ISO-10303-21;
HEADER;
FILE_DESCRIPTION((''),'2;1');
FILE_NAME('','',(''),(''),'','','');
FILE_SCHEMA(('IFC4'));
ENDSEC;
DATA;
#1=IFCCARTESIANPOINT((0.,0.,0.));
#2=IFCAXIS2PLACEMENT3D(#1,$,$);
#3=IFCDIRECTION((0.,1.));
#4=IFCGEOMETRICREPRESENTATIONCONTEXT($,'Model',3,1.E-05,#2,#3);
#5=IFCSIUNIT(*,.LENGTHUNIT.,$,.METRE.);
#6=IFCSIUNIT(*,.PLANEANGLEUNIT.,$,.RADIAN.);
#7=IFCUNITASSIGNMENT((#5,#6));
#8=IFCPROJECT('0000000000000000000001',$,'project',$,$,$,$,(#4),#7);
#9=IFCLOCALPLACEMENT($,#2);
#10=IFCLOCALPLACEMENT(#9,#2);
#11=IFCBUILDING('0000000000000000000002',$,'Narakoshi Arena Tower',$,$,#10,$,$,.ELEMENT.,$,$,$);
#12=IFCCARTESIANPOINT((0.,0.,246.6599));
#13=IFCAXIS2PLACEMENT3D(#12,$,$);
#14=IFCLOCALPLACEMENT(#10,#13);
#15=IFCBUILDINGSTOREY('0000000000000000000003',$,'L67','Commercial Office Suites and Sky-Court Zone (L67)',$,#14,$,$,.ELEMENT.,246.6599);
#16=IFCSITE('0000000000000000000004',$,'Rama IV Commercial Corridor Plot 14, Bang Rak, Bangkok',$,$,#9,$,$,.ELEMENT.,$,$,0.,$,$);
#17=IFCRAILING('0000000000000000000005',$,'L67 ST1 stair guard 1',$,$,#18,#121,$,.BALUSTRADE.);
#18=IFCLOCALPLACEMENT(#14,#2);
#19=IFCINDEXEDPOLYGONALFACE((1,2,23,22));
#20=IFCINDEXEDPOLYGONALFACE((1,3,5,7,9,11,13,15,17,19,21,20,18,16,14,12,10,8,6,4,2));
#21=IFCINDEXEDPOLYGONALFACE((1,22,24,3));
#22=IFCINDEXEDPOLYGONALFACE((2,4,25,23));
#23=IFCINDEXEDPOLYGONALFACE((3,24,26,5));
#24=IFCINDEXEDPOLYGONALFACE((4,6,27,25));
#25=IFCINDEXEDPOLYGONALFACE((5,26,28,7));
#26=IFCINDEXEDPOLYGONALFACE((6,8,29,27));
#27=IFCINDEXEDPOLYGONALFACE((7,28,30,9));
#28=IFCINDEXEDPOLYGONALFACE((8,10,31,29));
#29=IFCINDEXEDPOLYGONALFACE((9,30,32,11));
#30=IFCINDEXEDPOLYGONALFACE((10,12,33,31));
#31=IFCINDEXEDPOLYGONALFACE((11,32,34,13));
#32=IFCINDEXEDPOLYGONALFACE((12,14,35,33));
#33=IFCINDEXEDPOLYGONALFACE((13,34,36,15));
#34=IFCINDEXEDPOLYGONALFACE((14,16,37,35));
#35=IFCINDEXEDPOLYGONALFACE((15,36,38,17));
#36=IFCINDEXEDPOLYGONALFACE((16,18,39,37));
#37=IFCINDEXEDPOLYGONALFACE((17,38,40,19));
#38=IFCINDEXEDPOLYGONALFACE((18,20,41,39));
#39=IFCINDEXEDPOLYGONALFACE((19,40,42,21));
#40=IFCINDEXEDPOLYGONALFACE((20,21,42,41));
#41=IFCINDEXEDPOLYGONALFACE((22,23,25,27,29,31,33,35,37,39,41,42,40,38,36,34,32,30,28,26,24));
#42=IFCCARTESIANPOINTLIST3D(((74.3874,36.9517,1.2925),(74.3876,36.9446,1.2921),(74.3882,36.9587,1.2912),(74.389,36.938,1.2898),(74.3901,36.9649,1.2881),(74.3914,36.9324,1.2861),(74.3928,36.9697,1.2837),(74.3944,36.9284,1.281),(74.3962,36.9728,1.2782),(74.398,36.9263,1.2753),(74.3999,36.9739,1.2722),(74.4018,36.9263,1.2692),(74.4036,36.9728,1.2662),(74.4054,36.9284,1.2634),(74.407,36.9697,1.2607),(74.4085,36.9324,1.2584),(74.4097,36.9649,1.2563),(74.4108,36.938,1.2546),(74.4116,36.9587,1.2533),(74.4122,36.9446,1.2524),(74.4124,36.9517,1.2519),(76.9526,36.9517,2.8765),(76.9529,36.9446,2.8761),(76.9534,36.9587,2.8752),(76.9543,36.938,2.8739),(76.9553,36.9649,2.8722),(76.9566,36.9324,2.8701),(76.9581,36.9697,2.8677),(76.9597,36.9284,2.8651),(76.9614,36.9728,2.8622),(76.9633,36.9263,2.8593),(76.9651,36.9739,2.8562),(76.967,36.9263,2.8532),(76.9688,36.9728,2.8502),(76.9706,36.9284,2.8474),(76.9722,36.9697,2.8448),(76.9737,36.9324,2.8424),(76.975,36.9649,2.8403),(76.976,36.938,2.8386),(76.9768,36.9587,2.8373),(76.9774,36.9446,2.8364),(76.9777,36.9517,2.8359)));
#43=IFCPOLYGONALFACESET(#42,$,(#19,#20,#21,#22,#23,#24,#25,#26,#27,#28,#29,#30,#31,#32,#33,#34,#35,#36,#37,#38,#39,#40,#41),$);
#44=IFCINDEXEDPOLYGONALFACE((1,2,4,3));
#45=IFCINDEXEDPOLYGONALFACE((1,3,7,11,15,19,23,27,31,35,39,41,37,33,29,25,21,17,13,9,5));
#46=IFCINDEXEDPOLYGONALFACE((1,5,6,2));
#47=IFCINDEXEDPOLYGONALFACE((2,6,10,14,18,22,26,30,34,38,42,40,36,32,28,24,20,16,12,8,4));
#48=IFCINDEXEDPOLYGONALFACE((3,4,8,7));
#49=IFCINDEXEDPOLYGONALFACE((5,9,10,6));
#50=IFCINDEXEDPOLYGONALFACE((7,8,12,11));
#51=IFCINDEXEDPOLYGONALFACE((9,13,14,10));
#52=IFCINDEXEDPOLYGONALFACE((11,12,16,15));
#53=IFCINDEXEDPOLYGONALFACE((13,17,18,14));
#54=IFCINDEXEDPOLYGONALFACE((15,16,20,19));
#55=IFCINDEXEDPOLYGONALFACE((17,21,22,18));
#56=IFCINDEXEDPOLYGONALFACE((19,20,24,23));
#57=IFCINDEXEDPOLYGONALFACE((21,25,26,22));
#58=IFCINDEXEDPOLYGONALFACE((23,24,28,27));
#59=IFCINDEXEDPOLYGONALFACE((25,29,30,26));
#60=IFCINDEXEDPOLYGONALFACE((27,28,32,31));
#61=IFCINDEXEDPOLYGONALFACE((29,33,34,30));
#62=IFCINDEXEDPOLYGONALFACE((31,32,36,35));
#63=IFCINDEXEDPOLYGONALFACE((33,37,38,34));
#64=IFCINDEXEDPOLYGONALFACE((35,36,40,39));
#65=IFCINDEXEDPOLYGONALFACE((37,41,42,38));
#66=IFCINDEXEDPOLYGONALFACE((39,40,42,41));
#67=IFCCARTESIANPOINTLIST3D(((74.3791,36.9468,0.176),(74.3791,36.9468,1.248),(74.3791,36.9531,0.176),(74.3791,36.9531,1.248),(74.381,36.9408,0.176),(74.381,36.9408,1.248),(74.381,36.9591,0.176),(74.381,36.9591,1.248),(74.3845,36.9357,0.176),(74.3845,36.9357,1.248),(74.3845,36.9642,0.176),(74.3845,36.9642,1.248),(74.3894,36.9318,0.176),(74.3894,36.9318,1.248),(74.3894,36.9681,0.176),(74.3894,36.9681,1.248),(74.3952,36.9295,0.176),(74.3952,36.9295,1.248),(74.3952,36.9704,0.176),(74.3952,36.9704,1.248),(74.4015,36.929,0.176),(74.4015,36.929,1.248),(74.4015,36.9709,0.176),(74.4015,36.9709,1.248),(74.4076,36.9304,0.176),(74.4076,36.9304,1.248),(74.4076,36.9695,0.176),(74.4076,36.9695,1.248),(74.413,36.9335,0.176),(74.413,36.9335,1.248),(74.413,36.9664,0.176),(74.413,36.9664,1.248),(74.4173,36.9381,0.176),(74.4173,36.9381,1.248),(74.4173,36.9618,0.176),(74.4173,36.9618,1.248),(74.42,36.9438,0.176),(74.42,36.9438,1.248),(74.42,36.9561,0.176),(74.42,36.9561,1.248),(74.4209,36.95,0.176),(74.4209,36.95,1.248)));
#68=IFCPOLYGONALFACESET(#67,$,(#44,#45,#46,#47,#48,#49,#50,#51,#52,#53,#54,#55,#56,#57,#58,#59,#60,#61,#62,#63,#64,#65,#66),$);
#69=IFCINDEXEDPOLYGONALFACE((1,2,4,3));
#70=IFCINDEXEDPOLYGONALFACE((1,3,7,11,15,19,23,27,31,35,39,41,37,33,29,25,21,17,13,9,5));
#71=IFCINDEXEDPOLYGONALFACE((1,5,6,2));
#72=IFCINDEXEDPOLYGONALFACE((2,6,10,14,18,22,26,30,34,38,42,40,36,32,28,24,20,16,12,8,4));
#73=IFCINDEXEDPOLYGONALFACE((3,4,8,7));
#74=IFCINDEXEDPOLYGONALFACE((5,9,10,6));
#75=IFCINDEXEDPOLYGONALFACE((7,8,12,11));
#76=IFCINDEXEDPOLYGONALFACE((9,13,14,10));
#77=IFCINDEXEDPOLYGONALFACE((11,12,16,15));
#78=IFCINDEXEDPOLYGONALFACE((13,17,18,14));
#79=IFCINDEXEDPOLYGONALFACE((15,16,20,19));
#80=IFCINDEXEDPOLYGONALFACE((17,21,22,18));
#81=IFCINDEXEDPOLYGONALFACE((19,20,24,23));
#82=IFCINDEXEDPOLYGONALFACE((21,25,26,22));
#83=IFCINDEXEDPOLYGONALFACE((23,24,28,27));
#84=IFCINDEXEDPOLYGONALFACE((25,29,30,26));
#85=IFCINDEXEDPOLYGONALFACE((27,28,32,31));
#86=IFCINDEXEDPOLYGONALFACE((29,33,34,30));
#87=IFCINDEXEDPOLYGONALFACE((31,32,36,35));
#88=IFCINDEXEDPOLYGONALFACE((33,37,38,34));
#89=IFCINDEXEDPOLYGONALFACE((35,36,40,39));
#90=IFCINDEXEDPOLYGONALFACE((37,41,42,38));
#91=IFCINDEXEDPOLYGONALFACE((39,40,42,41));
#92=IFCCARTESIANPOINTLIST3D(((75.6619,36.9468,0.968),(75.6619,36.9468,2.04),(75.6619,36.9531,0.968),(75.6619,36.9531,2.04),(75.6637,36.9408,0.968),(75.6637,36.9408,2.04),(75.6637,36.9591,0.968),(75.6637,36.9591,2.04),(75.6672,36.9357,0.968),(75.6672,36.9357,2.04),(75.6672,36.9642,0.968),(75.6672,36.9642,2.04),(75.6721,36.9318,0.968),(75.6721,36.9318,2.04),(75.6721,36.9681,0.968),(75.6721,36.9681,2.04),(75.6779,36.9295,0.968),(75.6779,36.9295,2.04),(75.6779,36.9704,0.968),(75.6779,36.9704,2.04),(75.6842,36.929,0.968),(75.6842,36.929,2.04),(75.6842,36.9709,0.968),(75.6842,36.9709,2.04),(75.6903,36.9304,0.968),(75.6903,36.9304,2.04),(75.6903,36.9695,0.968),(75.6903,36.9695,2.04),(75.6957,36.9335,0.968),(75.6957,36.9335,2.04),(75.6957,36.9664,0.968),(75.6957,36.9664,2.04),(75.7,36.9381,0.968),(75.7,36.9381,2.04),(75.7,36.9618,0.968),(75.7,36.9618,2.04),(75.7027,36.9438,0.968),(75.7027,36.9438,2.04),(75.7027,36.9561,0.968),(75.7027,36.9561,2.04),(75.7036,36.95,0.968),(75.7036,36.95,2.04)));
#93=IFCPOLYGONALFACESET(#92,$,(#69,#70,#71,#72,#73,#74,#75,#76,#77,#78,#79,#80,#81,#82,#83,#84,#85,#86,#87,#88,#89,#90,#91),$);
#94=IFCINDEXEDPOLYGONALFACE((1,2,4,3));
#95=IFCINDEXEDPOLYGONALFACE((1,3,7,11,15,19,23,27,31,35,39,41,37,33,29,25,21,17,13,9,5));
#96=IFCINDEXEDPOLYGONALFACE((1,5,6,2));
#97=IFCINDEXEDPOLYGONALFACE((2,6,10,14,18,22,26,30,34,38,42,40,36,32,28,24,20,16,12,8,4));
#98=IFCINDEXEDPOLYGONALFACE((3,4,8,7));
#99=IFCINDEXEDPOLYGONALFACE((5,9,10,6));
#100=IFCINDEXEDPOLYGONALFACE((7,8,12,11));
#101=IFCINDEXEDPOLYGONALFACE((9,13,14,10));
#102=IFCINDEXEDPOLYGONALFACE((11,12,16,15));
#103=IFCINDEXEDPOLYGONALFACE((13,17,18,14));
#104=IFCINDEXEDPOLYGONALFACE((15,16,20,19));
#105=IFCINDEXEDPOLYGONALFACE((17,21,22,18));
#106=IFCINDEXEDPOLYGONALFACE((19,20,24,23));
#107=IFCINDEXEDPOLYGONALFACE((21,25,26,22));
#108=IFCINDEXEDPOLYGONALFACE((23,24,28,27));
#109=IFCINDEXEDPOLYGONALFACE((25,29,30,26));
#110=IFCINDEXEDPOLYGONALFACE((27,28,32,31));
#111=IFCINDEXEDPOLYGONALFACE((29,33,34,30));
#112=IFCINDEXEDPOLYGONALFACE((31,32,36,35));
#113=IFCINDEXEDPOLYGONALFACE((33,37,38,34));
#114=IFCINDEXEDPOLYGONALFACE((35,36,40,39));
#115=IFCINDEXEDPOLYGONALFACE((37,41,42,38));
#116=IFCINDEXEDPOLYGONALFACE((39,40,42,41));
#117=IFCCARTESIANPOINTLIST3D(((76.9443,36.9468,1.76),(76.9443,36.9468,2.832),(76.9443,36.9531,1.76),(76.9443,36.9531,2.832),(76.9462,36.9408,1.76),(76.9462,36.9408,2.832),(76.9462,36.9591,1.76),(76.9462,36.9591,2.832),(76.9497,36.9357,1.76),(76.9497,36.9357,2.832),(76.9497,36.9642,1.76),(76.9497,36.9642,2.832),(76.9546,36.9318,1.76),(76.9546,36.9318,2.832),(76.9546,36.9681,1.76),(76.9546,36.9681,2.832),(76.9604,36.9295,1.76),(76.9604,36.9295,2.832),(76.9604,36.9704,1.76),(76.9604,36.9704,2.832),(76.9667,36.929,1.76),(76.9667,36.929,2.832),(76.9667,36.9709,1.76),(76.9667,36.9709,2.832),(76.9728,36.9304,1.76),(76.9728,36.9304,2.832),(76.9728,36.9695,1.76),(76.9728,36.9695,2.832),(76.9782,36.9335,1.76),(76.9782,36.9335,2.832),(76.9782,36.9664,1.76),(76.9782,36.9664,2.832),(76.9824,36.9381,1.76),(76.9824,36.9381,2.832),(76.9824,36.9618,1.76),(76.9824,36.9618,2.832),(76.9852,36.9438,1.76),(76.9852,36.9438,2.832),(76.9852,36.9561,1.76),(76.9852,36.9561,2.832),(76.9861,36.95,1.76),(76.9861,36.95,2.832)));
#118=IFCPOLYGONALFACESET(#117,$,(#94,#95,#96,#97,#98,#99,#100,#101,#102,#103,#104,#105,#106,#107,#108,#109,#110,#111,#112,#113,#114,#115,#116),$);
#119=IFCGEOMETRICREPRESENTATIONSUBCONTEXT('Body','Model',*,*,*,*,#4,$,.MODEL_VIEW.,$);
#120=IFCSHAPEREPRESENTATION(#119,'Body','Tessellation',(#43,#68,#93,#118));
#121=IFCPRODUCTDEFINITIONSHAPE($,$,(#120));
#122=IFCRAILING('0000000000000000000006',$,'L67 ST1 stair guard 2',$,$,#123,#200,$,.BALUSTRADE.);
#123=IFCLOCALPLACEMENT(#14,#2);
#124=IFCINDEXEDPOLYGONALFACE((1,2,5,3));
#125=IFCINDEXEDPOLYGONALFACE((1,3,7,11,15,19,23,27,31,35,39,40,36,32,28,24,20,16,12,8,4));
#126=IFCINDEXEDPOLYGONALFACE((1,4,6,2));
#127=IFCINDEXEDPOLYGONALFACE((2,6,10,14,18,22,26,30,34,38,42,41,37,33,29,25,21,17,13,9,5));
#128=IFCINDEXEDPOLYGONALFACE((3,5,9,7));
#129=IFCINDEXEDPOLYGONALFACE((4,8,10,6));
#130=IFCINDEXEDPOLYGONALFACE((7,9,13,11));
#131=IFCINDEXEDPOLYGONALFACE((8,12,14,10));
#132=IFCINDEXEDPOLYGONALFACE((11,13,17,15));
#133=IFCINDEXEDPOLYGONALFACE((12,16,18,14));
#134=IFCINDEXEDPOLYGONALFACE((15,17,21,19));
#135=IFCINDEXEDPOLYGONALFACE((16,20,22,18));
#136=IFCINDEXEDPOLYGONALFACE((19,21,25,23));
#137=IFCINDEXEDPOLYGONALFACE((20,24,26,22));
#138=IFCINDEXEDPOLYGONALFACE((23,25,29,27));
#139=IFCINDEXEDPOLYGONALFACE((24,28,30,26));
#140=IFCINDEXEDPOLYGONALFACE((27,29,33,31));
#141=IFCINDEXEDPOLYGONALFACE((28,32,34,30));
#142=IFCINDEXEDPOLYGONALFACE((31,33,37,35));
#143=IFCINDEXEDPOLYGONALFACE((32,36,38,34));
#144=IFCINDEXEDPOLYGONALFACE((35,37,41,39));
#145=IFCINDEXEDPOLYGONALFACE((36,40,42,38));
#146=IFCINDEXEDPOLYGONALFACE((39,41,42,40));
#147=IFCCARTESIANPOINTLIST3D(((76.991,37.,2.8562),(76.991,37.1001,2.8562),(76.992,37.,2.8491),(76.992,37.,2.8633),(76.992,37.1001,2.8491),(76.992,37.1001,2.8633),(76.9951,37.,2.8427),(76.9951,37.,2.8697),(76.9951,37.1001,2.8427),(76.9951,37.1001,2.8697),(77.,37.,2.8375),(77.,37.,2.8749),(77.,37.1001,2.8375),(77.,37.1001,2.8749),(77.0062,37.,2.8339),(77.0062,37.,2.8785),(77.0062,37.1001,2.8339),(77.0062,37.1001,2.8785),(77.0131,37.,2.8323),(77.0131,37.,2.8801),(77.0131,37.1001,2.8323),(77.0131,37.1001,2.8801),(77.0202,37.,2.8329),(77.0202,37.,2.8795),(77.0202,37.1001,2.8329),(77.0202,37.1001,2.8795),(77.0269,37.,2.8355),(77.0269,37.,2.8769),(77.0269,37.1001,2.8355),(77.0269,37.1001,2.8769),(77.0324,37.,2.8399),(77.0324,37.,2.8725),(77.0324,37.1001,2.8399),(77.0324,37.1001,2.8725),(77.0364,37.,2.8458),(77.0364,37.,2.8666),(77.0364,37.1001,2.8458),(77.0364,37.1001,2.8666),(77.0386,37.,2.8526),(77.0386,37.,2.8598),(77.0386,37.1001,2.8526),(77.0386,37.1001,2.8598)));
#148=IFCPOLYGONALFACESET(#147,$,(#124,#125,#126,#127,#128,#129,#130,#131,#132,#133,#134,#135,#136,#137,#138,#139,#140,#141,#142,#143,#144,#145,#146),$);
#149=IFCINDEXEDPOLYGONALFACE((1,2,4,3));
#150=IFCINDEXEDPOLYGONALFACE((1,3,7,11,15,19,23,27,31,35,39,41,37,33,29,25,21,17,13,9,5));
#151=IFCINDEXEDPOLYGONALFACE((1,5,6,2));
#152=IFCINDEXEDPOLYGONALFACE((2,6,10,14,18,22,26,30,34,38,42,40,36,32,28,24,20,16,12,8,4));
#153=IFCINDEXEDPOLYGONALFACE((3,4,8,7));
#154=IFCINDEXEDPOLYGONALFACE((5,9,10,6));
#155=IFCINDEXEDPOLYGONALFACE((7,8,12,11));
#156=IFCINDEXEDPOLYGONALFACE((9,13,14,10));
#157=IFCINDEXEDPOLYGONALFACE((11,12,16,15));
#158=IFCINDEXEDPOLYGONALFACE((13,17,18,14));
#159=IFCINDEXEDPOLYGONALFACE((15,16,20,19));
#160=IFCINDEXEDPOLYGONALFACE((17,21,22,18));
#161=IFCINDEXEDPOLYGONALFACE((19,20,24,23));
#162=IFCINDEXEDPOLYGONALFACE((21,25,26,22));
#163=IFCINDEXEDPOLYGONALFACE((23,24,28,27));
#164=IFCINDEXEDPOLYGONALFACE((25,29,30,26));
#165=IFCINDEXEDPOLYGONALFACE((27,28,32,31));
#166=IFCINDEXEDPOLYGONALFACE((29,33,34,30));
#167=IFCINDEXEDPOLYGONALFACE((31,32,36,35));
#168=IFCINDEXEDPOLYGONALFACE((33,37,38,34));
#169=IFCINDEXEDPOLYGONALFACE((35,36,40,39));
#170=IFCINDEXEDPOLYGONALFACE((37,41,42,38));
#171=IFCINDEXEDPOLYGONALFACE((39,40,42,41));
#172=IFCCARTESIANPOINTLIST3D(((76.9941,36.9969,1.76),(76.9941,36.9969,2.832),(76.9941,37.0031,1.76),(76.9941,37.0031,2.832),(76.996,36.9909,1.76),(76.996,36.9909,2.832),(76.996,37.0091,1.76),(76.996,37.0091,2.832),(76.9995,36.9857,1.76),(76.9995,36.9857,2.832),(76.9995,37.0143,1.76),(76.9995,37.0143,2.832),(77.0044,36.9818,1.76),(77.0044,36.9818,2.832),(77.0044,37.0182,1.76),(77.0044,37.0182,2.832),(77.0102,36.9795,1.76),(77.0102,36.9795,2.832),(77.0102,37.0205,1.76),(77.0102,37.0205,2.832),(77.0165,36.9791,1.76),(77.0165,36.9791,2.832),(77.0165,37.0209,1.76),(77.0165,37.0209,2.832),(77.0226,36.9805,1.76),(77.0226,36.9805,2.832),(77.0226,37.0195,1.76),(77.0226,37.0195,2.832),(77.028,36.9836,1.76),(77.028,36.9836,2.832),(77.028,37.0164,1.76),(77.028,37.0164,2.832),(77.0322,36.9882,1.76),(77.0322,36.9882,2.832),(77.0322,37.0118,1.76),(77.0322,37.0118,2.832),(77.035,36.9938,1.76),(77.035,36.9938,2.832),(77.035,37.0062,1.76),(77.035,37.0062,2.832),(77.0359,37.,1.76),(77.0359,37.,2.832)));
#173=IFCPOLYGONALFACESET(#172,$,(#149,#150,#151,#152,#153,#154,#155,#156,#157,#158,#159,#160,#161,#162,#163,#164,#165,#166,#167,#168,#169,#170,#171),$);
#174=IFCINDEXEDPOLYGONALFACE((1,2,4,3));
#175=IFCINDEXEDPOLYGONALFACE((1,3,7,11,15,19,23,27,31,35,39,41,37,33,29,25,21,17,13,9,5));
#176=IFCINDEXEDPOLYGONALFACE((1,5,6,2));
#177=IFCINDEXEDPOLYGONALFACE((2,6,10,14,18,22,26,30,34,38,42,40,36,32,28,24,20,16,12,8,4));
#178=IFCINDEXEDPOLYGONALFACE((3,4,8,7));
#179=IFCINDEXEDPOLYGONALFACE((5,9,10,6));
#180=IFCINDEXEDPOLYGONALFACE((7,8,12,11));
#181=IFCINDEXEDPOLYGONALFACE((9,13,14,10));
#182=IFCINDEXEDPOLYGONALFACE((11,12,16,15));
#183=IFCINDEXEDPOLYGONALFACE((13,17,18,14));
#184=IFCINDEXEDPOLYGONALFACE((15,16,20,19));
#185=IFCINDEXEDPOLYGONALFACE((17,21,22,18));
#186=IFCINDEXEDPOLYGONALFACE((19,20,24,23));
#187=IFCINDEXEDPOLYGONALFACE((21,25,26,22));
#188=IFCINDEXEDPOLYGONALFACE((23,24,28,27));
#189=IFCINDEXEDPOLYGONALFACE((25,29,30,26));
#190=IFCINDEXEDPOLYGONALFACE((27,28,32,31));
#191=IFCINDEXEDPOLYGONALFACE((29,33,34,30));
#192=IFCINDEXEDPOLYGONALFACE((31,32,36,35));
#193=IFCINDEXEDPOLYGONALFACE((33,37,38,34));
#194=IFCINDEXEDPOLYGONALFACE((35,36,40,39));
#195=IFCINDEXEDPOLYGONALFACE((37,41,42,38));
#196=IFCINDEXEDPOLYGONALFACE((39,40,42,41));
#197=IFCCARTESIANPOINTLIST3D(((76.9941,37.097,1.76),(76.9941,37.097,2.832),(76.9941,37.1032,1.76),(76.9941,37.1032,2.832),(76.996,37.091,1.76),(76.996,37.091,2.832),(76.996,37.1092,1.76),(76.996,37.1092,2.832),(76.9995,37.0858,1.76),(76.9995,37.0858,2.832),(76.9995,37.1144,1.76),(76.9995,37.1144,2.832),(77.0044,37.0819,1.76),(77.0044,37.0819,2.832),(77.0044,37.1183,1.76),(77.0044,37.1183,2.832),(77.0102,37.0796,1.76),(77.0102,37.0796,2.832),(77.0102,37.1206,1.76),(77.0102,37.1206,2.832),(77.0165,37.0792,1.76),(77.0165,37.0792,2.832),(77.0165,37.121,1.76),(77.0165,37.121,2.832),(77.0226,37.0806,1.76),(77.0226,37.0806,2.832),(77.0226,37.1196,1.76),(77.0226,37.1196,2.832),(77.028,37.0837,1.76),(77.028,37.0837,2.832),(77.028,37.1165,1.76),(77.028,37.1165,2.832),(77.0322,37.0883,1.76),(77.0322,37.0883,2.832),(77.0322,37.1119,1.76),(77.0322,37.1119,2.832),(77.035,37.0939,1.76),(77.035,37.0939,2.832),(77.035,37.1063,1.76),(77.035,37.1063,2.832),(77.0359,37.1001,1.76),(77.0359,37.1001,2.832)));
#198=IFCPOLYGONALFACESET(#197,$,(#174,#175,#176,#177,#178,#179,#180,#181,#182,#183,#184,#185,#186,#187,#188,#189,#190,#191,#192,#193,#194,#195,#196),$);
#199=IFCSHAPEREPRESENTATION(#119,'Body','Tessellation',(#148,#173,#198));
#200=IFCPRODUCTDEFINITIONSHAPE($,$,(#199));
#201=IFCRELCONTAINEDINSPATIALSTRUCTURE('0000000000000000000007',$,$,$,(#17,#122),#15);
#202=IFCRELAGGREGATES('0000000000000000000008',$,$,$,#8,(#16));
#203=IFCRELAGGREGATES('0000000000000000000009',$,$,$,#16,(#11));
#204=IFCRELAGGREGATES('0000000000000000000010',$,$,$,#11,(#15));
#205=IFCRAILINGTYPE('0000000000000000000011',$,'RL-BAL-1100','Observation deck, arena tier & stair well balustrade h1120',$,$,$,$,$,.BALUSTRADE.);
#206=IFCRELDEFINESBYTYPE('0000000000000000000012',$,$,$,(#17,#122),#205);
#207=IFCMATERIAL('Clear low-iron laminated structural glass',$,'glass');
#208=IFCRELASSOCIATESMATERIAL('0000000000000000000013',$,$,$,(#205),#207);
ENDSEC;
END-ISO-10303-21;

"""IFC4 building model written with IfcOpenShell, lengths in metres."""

from ifc_helpers import new_model, si_unit, direction, frame, origin, origin_2d, place, context, subcontext, project, spatial, circle, extrude, material, type_object, element, save


model = new_model("IFC4")

# Units and contexts
model_context = context("Model", 3, precision=1e-05, world=origin(), true_north=direction((0.0, 1.0)))
body_context = subcontext(model_context, "Body", "Model", "MODEL_VIEW")
ifc_project = project(units=[si_unit("LENGTHUNIT", "METRE"), si_unit("PLANEANGLEUNIT", "RADIAN")], contexts=[model_context])

# Site, building, storey
site_placement = place(None, origin())
site = spatial("IfcSite", under=ifc_project, at=site_placement, Name="Rama IV Commercial Corridor Plot 14, Bang Rak, Bangkok", CompositionType="ELEMENT", RefElevation=0.0)
building_placement = place(site_placement, origin())
building = spatial("IfcBuilding", under=site, at=building_placement, Name="Narakoshi Arena Tower", CompositionType="ELEMENT")
storey_placement = place(building_placement, frame((0.0, 0.0, 246.6599)))
storey = spatial("IfcBuildingStorey", under=building, at=storey_placement, Name="L67", Description="Commercial Office Suites and Sky-Court Zone (L67)", CompositionType="ELEMENT", Elevation=246.6599)

# Railings
ifc_material_1 = material(Name="Clear low-iron laminated structural glass", Category="glass")
railing_type_1 = type_object("IfcRailingType", Name="RL-BAL-1100", Description="Observation deck, arena tier & stair well balustrade h1120", PredefinedType="BALUSTRADE", material=ifc_material_1)
railing_1_placement = place(storey_placement, frame((74.3999, 36.95, 0.176)))
element("IfcRailing", 1, at=railing_1_placement, inside=storey, type_object=railing_type_1, Name="L67 ST1 stair guard 1", PredefinedType="BALUSTRADE", context=body_context, shape_type="SweptSolid", body=[
    extrude(circle(Radius=0.0239, at=origin_2d()), frame((0.0, 0.0, 1.0962), z_axis=(0.850857, 0.0, 0.525398), x_axis=(0.0, 1.0, 0.0)), (0.0, 0.0, 1.0), 3.0149),
    extrude(circle(Radius=0.021, at=origin_2d()), origin(), (0.0, 0.0, 1.0), 1.072),
    extrude(circle(Radius=0.021, at=origin_2d()), frame((1.2827, 0.0, 0.792)), (0.0, 0.0, 1.0), 1.072),
    extrude(circle(Radius=0.021, at=origin_2d()), frame((2.5652, 0.0, 1.584)), (0.0, 0.0, 1.0), 1.072),
])
railing_2_placement = place(storey_placement, frame((77.0149, 37.0, 1.76)))
element("IfcRailing", 2, at=railing_2_placement, inside=storey, type_object=railing_type_1, Name="L67 ST1 stair guard 2", PredefinedType="BALUSTRADE", context=body_context, shape_type="SweptSolid", body=[
    extrude(circle(Radius=0.0239, at=origin_2d()), frame((0.0, 0.0, 1.0962), z_axis=(0.0, 1.0, 0.0), x_axis=(-1.0, 0.0, 0.0)), (0.0, 0.0, 1.0), 0.1001),
    extrude(circle(Radius=0.021, at=origin_2d()), origin(), (0.0, 0.0, 1.0), 1.072),
    extrude(circle(Radius=0.021, at=origin_2d()), frame((0.0, 0.1001, 0.0)), (0.0, 0.0, 1.0), 1.072),
])

save(model, "model.ifc")
